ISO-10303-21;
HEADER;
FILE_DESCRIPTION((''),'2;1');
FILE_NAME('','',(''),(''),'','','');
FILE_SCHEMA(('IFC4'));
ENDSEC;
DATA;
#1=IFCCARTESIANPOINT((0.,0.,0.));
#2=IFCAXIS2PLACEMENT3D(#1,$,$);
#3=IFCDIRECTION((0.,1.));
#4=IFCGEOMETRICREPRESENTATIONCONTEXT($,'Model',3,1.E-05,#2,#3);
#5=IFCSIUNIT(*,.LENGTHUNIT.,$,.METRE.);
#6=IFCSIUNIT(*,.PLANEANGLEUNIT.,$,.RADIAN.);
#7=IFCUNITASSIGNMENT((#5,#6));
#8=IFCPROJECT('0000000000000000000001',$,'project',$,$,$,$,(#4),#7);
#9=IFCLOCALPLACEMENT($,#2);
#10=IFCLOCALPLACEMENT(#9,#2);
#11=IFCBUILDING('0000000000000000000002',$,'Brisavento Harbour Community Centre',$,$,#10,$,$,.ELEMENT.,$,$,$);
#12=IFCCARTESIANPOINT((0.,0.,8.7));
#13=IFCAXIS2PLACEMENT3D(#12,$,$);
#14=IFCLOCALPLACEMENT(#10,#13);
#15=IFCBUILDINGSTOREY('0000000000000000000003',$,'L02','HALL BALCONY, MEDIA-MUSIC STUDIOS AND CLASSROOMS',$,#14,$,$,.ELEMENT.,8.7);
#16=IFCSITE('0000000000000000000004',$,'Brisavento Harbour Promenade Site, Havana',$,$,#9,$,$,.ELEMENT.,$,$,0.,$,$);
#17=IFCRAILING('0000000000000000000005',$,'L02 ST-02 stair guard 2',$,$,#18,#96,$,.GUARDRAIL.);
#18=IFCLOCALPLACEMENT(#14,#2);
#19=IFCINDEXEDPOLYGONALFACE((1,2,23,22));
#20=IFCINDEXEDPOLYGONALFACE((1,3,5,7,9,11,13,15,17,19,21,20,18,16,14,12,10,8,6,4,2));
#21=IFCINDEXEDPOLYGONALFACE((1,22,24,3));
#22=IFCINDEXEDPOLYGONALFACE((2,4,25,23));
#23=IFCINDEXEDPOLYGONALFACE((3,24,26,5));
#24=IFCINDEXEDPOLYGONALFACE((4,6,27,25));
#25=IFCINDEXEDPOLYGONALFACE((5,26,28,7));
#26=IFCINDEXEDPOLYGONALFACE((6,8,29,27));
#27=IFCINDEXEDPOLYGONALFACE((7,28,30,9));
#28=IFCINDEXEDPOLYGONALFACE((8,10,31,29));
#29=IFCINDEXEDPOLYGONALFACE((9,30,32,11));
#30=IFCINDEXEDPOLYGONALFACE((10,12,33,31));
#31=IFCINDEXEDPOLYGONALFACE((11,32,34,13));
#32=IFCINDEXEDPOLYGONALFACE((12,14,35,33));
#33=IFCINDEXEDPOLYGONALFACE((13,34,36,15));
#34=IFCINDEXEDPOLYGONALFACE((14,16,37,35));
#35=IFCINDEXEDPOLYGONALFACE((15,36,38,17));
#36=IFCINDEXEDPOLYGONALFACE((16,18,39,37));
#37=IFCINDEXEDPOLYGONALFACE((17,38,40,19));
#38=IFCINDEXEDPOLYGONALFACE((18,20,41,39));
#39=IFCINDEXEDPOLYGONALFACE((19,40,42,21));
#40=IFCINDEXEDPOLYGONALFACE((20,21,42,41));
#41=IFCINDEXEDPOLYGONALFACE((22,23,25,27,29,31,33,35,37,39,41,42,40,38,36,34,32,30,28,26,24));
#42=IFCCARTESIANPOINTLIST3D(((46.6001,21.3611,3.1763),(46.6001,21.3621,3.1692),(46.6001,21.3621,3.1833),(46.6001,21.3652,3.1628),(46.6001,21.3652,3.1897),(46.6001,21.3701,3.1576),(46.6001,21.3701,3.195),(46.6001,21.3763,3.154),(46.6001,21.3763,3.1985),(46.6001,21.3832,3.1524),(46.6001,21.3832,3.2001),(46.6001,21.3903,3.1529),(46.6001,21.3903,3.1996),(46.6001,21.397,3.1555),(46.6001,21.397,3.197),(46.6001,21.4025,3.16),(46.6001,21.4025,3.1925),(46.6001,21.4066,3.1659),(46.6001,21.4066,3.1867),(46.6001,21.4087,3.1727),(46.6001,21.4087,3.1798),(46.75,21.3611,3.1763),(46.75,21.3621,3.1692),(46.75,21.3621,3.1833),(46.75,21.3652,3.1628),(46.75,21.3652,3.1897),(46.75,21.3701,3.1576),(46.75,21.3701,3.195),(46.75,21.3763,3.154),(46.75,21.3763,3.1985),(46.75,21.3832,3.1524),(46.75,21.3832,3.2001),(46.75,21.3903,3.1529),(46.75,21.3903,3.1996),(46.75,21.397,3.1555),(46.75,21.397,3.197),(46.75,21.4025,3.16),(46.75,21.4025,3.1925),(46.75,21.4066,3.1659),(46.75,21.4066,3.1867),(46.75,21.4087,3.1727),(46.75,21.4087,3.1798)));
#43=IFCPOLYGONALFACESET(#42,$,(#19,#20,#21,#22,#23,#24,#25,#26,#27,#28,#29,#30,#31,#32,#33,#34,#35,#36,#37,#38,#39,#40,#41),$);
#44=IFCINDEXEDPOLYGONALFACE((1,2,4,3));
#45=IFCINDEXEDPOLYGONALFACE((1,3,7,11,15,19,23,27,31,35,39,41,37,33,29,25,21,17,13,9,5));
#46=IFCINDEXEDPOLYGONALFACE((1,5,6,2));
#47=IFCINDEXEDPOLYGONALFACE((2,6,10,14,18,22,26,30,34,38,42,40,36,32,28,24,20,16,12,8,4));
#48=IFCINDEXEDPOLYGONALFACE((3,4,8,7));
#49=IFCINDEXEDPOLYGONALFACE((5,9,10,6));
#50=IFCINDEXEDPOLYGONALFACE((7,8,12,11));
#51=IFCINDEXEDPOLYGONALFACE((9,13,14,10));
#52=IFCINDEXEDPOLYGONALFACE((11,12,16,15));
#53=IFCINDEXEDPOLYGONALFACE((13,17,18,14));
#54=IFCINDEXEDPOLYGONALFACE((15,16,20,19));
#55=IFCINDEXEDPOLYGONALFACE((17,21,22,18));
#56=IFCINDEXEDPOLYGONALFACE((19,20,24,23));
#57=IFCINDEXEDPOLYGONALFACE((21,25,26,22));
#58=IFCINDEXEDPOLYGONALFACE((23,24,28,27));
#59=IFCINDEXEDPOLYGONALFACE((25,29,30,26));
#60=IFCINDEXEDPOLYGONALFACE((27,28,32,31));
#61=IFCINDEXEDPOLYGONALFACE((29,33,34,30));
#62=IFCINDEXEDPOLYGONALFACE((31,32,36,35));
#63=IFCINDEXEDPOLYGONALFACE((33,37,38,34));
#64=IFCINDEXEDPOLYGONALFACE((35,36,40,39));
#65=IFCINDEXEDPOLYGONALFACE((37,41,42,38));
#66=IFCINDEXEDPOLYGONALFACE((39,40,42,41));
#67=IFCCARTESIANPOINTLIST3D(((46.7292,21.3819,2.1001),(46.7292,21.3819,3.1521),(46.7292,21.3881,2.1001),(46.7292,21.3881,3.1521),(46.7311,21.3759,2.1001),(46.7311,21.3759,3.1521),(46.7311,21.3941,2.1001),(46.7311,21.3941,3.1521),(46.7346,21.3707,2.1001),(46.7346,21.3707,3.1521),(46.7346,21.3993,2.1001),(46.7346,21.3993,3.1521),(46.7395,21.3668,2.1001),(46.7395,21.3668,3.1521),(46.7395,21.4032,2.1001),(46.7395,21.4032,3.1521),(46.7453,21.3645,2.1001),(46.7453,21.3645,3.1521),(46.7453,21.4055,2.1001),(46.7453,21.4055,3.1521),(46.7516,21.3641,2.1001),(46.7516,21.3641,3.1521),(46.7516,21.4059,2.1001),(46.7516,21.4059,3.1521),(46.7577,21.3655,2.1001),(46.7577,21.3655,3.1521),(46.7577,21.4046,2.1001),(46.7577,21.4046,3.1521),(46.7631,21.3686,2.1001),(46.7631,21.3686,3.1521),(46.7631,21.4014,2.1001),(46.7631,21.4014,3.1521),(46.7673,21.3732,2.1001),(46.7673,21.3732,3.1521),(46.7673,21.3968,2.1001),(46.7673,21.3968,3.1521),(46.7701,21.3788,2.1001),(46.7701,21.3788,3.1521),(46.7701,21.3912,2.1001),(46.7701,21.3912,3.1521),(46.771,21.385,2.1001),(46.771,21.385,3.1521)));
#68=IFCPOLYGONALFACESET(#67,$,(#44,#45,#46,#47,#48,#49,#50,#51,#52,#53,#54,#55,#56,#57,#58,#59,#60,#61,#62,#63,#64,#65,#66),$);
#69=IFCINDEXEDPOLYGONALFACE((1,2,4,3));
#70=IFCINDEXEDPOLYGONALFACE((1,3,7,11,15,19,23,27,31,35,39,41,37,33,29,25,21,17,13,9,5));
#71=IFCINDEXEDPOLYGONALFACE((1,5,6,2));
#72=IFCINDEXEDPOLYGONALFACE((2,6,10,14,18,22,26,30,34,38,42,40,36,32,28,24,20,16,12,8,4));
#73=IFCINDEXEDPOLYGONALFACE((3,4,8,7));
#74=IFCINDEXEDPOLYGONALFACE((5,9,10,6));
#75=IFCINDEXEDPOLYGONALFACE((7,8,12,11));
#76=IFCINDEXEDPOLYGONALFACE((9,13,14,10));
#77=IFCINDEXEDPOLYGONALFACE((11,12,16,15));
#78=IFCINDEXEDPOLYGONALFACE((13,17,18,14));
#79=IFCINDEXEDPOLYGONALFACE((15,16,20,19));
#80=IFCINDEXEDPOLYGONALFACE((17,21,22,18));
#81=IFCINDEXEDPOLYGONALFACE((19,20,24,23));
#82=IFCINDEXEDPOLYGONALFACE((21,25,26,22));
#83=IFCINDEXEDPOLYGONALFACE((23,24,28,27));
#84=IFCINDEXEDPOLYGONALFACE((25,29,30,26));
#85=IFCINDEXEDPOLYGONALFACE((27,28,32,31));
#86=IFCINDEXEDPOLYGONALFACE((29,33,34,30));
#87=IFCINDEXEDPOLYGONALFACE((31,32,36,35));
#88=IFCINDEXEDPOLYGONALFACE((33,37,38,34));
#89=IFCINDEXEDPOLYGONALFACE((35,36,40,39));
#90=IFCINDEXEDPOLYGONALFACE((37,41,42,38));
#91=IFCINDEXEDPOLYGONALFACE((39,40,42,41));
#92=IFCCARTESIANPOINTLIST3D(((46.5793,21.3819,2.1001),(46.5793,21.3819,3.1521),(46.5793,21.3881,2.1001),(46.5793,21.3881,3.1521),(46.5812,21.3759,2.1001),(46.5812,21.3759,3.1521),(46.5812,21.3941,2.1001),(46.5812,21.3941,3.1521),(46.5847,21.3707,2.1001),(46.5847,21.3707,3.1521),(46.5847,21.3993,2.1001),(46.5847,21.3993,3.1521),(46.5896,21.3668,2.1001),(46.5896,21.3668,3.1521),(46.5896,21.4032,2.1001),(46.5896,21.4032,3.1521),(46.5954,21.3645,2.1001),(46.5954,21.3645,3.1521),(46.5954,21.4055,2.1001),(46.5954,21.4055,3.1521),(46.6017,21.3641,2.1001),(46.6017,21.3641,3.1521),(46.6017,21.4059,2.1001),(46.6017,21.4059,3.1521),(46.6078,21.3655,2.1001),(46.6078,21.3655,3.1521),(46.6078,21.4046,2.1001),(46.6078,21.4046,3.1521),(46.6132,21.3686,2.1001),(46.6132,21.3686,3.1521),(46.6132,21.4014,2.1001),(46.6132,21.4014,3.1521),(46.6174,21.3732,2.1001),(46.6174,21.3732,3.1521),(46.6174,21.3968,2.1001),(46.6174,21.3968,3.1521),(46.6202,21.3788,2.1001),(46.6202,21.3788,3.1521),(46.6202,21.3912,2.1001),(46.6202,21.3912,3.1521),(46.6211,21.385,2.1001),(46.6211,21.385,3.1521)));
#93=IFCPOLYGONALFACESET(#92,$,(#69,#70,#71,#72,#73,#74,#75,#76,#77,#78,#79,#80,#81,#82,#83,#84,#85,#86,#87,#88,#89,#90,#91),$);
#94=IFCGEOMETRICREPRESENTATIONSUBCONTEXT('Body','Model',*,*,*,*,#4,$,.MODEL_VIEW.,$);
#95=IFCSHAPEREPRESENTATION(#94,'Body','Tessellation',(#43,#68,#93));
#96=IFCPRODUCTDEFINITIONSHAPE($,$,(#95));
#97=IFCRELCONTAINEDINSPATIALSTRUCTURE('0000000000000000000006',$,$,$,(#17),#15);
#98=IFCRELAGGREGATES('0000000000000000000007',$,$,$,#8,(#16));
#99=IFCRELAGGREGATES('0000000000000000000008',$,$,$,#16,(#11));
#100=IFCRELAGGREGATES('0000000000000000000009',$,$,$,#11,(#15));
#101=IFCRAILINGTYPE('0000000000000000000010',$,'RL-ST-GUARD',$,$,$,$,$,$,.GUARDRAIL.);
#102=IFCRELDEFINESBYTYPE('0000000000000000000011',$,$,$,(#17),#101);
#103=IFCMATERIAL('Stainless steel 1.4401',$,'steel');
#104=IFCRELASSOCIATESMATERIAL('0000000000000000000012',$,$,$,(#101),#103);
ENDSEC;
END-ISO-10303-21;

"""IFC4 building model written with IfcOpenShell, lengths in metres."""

from ifc_helpers import new_model, si_unit, direction, frame, origin, origin_2d, place, context, subcontext, project, spatial, circle, extrude, material, type_object, element, save


model = new_model("IFC4")

# Units and contexts
model_context = context("Model", 3, precision=1e-05, world=origin(), true_north=direction((0.0, 1.0)))
body_context = subcontext(model_context, "Body", "Model", "MODEL_VIEW")
ifc_project = project(units=[si_unit("LENGTHUNIT", "METRE"), si_unit("PLANEANGLEUNIT", "RADIAN")], contexts=[model_context])

# Site, building, storey
site_placement = place(None, origin())
site = spatial("IfcSite", under=ifc_project, at=site_placement, Name="Brisavento Harbour Promenade Site, Havana", CompositionType="ELEMENT", RefElevation=0.0)
building_placement = place(site_placement, origin())
building = spatial("IfcBuilding", under=site, at=building_placement, Name="Brisavento Harbour Community Centre", CompositionType="ELEMENT")
storey_placement = place(building_placement, frame((0.0, 0.0, 8.7)))
storey = spatial("IfcBuildingStorey", under=building, at=storey_placement, Name="L02", Description="HALL BALCONY, MEDIA-MUSIC STUDIOS AND CLASSROOMS", CompositionType="ELEMENT", Elevation=8.7)

# Railing
ifc_material_1 = material(Name="Stainless steel 1.4401", Category="steel")
railing_type_1 = type_object("IfcRailingType", Name="RL-ST-GUARD", PredefinedType="GUARDRAIL", material=ifc_material_1)
railing_1_placement = place(storey_placement, frame((46.75, 21.385, 2.1001)))
element("IfcRailing", 1, at=railing_1_placement, inside=storey, type_object=railing_type_1, Name="L02 ST-02 stair guard 2", PredefinedType="GUARDRAIL", context=body_context, shape_type="SweptSolid", body=[
    extrude(circle(Radius=0.0239, at=origin_2d()), frame((0.0, 0.0, 1.0762), z_axis=(-1.0, 0.0, 0.0), x_axis=(0.0, -1.0, 0.0)), (0.0, 0.0, 1.0), 0.1499),
    extrude(circle(Radius=0.021, at=origin_2d()), origin(), (0.0, 0.0, 1.0), 1.052),
    extrude(circle(Radius=0.021, at=origin_2d()), frame((-0.1499, 0.0, 0.0)), (0.0, 0.0, 1.0), 1.052),
])

save(model, "model.ifc")
